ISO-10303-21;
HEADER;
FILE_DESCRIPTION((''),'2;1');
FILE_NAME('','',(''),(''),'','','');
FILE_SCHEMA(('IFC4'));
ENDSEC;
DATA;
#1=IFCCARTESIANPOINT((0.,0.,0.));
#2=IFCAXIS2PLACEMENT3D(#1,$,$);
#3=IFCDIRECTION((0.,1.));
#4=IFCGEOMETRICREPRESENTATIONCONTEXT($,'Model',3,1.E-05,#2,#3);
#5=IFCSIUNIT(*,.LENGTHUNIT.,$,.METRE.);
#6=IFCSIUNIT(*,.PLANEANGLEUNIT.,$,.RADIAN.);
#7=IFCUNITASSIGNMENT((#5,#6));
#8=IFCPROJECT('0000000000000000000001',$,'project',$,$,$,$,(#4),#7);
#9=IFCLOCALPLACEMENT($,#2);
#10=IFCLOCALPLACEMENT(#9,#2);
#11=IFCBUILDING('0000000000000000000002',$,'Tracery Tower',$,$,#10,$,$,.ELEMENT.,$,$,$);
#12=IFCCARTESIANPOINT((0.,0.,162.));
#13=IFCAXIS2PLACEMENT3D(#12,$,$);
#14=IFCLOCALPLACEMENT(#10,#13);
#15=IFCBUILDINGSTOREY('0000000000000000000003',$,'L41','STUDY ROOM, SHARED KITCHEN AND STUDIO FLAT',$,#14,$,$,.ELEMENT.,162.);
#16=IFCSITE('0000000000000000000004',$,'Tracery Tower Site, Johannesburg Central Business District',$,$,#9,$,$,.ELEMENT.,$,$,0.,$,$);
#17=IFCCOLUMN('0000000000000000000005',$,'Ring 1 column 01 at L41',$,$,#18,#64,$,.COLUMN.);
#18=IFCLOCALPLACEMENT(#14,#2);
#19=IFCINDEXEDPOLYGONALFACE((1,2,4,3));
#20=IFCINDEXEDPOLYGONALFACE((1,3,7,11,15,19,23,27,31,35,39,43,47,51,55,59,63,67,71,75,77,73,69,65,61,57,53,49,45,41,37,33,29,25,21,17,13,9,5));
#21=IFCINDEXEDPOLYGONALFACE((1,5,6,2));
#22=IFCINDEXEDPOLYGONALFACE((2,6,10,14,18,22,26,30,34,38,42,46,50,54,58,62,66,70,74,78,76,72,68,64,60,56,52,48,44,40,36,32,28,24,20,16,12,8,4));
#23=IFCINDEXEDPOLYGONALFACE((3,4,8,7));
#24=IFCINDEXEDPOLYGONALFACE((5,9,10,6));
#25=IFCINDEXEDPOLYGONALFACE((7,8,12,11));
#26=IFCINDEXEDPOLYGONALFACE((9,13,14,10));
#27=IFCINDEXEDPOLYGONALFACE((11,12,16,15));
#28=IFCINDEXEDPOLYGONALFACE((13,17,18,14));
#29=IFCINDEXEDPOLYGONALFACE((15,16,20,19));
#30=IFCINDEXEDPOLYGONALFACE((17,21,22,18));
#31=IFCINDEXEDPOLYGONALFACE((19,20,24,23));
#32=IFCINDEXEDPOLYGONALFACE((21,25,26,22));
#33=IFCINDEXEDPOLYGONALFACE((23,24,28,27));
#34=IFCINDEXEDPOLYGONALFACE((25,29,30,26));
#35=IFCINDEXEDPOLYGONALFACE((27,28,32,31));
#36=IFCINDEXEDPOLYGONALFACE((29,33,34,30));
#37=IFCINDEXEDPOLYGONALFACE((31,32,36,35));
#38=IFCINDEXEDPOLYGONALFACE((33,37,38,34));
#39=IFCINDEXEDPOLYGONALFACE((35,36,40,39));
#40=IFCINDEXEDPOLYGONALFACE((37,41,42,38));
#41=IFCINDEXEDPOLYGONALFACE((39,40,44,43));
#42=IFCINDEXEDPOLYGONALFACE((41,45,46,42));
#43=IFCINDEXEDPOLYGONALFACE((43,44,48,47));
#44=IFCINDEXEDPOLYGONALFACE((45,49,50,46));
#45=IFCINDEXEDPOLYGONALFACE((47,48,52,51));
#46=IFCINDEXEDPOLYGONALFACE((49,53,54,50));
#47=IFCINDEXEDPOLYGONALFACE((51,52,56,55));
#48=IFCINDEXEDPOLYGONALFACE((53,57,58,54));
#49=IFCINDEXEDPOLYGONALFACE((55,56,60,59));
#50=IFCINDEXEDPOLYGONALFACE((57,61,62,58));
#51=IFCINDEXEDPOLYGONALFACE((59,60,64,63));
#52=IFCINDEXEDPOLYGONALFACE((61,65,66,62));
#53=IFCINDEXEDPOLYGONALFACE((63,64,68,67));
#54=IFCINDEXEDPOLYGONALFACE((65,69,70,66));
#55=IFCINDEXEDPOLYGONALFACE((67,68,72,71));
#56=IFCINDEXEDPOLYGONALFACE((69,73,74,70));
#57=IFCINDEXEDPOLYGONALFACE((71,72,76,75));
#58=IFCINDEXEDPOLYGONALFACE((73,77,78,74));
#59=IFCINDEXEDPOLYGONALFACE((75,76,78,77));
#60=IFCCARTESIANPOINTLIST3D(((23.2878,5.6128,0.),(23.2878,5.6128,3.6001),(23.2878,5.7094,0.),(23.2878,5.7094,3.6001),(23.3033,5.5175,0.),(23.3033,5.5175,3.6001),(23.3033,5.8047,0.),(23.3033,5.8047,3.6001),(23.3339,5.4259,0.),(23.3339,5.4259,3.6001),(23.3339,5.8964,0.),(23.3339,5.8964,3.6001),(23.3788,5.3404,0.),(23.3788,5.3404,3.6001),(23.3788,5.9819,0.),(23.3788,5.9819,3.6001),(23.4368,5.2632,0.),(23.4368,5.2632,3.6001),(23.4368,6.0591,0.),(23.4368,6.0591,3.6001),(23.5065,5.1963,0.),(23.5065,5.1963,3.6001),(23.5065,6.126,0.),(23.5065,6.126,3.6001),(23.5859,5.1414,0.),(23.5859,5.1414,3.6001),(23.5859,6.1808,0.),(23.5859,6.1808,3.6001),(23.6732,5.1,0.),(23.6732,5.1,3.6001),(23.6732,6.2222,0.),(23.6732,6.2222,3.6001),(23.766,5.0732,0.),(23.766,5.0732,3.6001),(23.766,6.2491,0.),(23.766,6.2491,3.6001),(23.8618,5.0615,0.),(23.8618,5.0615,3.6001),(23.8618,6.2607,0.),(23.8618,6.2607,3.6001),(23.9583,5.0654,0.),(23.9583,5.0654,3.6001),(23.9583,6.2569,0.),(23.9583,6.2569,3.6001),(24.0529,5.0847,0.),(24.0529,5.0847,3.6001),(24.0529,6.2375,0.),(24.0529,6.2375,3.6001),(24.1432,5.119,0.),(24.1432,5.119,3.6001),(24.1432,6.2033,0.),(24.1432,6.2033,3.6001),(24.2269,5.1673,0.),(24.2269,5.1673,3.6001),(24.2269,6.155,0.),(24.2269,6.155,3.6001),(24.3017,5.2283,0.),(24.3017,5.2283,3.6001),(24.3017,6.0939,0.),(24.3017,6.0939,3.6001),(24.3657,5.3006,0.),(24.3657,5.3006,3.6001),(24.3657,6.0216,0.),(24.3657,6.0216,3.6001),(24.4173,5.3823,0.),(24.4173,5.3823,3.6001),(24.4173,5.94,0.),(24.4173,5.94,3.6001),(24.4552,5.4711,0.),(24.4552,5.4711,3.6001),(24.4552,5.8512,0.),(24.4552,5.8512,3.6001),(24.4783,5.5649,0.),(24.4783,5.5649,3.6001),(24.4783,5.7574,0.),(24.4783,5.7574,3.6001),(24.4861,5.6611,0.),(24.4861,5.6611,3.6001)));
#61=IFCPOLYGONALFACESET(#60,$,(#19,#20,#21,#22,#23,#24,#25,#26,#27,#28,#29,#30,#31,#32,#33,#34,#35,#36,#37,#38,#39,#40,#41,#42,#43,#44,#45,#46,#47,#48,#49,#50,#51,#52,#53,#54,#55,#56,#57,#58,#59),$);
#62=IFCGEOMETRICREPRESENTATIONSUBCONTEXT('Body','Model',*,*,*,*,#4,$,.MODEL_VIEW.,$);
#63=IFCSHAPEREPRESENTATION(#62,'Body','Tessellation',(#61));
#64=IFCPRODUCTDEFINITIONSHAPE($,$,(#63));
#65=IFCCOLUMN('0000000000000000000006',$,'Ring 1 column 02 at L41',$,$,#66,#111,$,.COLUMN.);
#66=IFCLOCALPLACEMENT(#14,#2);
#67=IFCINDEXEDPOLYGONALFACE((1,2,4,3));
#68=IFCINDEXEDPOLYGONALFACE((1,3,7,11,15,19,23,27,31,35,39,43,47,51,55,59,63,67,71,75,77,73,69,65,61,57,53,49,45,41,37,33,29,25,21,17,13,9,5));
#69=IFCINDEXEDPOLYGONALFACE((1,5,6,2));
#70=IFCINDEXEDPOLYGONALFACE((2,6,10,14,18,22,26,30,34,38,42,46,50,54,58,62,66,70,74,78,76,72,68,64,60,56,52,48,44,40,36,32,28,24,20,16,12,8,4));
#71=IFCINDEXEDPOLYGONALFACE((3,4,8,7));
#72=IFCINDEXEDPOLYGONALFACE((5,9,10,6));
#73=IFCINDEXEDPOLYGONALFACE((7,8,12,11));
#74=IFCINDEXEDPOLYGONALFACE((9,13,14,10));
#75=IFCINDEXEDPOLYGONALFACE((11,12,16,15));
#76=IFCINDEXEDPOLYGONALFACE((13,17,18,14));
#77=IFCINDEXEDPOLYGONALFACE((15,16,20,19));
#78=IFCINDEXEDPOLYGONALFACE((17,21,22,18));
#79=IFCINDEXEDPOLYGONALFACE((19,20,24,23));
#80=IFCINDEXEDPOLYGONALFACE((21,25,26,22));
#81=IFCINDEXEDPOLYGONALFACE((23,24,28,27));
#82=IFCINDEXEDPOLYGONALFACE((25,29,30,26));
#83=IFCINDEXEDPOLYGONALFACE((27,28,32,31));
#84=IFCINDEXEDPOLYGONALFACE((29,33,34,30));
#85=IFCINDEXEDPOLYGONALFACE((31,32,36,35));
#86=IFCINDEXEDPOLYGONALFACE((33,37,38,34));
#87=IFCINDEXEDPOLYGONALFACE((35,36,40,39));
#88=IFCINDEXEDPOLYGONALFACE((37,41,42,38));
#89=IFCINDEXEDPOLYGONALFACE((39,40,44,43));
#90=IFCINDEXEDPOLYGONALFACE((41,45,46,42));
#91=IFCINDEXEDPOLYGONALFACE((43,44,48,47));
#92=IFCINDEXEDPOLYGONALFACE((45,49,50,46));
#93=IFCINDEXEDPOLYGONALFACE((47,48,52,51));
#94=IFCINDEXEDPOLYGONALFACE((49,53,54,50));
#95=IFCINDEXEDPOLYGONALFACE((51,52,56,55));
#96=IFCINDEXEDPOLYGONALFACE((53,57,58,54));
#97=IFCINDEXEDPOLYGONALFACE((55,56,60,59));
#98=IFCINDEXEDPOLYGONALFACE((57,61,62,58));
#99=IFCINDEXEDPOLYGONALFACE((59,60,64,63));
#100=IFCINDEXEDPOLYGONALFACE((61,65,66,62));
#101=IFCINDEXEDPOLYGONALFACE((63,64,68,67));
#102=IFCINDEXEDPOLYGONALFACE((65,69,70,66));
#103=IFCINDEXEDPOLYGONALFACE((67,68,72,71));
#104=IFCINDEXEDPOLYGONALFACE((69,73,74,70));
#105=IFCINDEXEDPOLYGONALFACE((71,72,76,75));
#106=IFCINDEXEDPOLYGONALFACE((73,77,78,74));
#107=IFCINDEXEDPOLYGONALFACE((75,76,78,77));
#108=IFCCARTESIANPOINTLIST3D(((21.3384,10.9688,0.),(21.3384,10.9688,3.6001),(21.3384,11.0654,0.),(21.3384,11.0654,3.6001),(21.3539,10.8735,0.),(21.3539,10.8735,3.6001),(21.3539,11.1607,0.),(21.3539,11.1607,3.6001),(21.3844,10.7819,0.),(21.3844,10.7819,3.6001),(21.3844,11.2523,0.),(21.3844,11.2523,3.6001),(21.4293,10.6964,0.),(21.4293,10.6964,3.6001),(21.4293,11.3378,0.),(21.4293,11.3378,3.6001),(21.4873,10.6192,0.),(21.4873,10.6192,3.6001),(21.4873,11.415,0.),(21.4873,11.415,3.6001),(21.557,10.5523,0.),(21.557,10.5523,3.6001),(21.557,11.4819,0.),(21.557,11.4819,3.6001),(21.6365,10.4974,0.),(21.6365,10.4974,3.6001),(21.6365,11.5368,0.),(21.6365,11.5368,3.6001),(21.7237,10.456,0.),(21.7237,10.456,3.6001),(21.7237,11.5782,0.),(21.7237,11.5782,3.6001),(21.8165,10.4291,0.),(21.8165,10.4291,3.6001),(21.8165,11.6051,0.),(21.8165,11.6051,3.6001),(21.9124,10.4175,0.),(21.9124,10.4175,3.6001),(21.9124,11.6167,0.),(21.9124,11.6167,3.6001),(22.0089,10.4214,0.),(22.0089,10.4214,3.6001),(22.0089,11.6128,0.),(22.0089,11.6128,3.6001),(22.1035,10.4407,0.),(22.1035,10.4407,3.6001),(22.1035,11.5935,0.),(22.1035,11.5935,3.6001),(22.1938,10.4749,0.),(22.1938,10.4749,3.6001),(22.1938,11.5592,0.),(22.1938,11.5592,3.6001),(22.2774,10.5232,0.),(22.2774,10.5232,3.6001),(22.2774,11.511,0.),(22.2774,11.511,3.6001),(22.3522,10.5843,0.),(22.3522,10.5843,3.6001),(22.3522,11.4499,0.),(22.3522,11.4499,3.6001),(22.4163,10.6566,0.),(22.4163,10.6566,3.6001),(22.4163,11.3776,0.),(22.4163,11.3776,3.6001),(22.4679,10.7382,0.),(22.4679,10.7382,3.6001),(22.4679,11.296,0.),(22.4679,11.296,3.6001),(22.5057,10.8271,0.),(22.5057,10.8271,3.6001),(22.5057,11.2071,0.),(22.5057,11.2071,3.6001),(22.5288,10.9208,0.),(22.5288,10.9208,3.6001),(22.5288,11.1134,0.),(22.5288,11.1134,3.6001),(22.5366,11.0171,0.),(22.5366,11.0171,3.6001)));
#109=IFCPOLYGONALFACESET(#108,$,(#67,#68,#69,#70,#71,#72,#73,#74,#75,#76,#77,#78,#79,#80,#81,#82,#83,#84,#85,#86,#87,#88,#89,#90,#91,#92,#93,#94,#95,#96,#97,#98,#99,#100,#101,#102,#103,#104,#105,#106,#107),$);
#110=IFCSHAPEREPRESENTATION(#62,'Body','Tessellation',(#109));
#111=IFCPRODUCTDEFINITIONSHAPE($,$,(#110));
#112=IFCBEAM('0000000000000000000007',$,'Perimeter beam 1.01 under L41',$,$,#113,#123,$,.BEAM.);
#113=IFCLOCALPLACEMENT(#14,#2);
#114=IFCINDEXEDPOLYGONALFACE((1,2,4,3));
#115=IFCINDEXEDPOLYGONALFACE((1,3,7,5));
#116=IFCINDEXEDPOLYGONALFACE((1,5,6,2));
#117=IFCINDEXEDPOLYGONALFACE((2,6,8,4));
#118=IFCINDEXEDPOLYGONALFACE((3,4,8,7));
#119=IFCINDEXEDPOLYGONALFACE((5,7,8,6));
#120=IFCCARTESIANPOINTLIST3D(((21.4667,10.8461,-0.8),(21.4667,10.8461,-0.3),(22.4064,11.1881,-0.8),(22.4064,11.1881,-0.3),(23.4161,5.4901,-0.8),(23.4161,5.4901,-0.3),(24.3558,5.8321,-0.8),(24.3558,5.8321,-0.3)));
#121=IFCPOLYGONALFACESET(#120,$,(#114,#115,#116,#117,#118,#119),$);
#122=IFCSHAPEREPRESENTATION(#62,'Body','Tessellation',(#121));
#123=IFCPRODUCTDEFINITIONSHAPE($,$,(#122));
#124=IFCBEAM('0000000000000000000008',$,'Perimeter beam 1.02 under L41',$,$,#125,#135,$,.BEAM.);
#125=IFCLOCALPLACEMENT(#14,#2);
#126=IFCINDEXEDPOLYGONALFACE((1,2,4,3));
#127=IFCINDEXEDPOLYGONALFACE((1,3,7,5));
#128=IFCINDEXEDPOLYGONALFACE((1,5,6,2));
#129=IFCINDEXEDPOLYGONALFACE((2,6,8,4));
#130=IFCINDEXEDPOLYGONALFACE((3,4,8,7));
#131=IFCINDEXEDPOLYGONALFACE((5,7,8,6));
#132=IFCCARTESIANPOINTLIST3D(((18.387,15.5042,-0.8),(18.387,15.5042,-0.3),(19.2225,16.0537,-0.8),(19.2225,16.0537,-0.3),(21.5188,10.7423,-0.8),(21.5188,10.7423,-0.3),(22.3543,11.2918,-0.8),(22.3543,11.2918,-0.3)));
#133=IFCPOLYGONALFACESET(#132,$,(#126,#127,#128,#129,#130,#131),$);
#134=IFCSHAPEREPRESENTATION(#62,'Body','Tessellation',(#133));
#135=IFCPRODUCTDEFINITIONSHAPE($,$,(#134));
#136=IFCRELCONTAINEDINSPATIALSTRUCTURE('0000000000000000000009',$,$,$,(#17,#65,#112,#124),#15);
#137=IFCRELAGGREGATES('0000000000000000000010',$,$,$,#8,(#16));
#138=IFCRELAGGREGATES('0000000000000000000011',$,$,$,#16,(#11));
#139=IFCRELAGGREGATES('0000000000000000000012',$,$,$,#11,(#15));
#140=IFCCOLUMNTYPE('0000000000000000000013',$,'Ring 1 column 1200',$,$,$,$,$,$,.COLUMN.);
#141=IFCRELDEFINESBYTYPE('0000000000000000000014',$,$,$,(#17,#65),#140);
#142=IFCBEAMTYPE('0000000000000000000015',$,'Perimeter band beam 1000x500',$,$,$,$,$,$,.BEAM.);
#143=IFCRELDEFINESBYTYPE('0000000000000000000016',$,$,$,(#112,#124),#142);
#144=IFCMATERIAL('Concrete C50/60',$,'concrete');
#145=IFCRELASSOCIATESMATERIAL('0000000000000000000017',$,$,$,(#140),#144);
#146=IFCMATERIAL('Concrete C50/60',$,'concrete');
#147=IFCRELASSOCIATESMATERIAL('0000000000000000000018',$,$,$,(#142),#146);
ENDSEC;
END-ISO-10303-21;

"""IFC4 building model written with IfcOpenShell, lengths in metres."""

from ifc_helpers import new_model, si_unit, direction, frame, origin, origin_2d, place, context, subcontext, project, spatial, rectangle, circle, extrude, material, material_profile, profile_set, type_object, element, save


model = new_model("IFC4")

# Units and contexts
model_context = context("Model", 3, precision=1e-05, world=origin(), true_north=direction((0.0, 1.0)))
body_context = subcontext(model_context, "Body", "Model", "MODEL_VIEW")
ifc_project = project(units=[si_unit("LENGTHUNIT", "METRE"), si_unit("PLANEANGLEUNIT", "RADIAN")], contexts=[model_context])

# Site, building, storey
site_placement = place(None, origin())
site = spatial("IfcSite", under=ifc_project, at=site_placement, Name="Tracery Tower Site, Johannesburg Central Business District", CompositionType="ELEMENT", RefElevation=0.0)
building_placement = place(site_placement, origin())
building = spatial("IfcBuilding", under=site, at=building_placement, Name="Tracery Tower", CompositionType="ELEMENT")
storey_placement = place(building_placement, frame((0.0, 0.0, 162.0)))
storey = spatial("IfcBuildingStorey", under=building, at=storey_placement, Name="L41", Description="STUDY ROOM, SHARED KITCHEN AND STUDIO FLAT", CompositionType="ELEMENT", Elevation=162.0)

# Columns
ifc_material_1 = material(Name="Concrete C50/60", Category="concrete")
ifc_material_profile_1 = material_profile(ifc_material_1, circle(Radius=0.6001, at=origin_2d()), Name="RC D1200")
ifc_profile_set_1 = profile_set([ifc_material_profile_1], Name="Concrete C50/60")
column_type = type_object("IfcColumnType", Name="Ring 1 column 1200", PredefinedType="COLUMN", material=ifc_profile_set_1)
for number, where, z_axis, x_axis, name in (
    (1, (23.886, 5.6611, 0.0), (0.0, 0.0, 1.0), (1.0, 0.0, 0.0), "Ring 1 column 01 at L41"),
    (2, (21.9365, 11.0171, 0.0), (0.0, 0.0, 1.0), (1.0, 0.0, 0.0), "Ring 1 column 02 at L41"),
):
    element("IfcColumn", number, at=place(storey_placement, frame(where, z_axis=z_axis, x_axis=x_axis)), inside=storey, type_object=column_type, Name=name, PredefinedType="COLUMN", context=body_context, shape_type="SweptSolid", body=[
        extrude(circle(Radius=0.6001, at=origin_2d()), origin(), (0.0, 0.0, 1.0), 3.6001),
    ])

# Beams
ifc_material_2 = material(Name="Concrete C50/60", Category="concrete")
ifc_material_profile_2 = material_profile(ifc_material_2, rectangle(XDim=1.0, YDim=0.5, at=origin_2d()), Name="RC 1000x500")
ifc_profile_set_2 = profile_set([ifc_material_profile_2], Name="Concrete C50/60")
beam_type = type_object("IfcBeamType", Name="Perimeter band beam 1000x500", PredefinedType="BEAM", material=ifc_profile_set_2)
beam_1_placement = place(storey_placement, frame((23.886, 5.6611, -0.55), z_axis=(-0.342029, 0.93969, 0.0), x_axis=(-0.93969, -0.342029, 0.0)))
element("IfcBeam", 3, at=beam_1_placement, inside=storey, type_object=beam_type, Name="Perimeter beam 1.01 under L41", PredefinedType="BEAM", context=body_context, shape_type="SweptSolid", body=[
    extrude(rectangle(XDim=1.0, YDim=0.5, at=origin_2d()), origin(), (0.0, 0.0, 1.0), 5.6997),
])
beam_2_placement = place(storey_placement, frame((21.9365, 11.0171, -0.55), z_axis=(-0.54949, 0.8355, 0.0), x_axis=(-0.8355, -0.54949, 0.0)))
element("IfcBeam", 4, at=beam_2_placement, inside=storey, type_object=beam_type, Name="Perimeter beam 1.02 under L41", PredefinedType="BEAM", context=body_context, shape_type="SweptSolid", body=[
    extrude(rectangle(XDim=1.0, YDim=0.5, at=origin_2d()), origin(), (0.0, 0.0, 1.0), 5.6995),
])

save(model, "model.ifc")
